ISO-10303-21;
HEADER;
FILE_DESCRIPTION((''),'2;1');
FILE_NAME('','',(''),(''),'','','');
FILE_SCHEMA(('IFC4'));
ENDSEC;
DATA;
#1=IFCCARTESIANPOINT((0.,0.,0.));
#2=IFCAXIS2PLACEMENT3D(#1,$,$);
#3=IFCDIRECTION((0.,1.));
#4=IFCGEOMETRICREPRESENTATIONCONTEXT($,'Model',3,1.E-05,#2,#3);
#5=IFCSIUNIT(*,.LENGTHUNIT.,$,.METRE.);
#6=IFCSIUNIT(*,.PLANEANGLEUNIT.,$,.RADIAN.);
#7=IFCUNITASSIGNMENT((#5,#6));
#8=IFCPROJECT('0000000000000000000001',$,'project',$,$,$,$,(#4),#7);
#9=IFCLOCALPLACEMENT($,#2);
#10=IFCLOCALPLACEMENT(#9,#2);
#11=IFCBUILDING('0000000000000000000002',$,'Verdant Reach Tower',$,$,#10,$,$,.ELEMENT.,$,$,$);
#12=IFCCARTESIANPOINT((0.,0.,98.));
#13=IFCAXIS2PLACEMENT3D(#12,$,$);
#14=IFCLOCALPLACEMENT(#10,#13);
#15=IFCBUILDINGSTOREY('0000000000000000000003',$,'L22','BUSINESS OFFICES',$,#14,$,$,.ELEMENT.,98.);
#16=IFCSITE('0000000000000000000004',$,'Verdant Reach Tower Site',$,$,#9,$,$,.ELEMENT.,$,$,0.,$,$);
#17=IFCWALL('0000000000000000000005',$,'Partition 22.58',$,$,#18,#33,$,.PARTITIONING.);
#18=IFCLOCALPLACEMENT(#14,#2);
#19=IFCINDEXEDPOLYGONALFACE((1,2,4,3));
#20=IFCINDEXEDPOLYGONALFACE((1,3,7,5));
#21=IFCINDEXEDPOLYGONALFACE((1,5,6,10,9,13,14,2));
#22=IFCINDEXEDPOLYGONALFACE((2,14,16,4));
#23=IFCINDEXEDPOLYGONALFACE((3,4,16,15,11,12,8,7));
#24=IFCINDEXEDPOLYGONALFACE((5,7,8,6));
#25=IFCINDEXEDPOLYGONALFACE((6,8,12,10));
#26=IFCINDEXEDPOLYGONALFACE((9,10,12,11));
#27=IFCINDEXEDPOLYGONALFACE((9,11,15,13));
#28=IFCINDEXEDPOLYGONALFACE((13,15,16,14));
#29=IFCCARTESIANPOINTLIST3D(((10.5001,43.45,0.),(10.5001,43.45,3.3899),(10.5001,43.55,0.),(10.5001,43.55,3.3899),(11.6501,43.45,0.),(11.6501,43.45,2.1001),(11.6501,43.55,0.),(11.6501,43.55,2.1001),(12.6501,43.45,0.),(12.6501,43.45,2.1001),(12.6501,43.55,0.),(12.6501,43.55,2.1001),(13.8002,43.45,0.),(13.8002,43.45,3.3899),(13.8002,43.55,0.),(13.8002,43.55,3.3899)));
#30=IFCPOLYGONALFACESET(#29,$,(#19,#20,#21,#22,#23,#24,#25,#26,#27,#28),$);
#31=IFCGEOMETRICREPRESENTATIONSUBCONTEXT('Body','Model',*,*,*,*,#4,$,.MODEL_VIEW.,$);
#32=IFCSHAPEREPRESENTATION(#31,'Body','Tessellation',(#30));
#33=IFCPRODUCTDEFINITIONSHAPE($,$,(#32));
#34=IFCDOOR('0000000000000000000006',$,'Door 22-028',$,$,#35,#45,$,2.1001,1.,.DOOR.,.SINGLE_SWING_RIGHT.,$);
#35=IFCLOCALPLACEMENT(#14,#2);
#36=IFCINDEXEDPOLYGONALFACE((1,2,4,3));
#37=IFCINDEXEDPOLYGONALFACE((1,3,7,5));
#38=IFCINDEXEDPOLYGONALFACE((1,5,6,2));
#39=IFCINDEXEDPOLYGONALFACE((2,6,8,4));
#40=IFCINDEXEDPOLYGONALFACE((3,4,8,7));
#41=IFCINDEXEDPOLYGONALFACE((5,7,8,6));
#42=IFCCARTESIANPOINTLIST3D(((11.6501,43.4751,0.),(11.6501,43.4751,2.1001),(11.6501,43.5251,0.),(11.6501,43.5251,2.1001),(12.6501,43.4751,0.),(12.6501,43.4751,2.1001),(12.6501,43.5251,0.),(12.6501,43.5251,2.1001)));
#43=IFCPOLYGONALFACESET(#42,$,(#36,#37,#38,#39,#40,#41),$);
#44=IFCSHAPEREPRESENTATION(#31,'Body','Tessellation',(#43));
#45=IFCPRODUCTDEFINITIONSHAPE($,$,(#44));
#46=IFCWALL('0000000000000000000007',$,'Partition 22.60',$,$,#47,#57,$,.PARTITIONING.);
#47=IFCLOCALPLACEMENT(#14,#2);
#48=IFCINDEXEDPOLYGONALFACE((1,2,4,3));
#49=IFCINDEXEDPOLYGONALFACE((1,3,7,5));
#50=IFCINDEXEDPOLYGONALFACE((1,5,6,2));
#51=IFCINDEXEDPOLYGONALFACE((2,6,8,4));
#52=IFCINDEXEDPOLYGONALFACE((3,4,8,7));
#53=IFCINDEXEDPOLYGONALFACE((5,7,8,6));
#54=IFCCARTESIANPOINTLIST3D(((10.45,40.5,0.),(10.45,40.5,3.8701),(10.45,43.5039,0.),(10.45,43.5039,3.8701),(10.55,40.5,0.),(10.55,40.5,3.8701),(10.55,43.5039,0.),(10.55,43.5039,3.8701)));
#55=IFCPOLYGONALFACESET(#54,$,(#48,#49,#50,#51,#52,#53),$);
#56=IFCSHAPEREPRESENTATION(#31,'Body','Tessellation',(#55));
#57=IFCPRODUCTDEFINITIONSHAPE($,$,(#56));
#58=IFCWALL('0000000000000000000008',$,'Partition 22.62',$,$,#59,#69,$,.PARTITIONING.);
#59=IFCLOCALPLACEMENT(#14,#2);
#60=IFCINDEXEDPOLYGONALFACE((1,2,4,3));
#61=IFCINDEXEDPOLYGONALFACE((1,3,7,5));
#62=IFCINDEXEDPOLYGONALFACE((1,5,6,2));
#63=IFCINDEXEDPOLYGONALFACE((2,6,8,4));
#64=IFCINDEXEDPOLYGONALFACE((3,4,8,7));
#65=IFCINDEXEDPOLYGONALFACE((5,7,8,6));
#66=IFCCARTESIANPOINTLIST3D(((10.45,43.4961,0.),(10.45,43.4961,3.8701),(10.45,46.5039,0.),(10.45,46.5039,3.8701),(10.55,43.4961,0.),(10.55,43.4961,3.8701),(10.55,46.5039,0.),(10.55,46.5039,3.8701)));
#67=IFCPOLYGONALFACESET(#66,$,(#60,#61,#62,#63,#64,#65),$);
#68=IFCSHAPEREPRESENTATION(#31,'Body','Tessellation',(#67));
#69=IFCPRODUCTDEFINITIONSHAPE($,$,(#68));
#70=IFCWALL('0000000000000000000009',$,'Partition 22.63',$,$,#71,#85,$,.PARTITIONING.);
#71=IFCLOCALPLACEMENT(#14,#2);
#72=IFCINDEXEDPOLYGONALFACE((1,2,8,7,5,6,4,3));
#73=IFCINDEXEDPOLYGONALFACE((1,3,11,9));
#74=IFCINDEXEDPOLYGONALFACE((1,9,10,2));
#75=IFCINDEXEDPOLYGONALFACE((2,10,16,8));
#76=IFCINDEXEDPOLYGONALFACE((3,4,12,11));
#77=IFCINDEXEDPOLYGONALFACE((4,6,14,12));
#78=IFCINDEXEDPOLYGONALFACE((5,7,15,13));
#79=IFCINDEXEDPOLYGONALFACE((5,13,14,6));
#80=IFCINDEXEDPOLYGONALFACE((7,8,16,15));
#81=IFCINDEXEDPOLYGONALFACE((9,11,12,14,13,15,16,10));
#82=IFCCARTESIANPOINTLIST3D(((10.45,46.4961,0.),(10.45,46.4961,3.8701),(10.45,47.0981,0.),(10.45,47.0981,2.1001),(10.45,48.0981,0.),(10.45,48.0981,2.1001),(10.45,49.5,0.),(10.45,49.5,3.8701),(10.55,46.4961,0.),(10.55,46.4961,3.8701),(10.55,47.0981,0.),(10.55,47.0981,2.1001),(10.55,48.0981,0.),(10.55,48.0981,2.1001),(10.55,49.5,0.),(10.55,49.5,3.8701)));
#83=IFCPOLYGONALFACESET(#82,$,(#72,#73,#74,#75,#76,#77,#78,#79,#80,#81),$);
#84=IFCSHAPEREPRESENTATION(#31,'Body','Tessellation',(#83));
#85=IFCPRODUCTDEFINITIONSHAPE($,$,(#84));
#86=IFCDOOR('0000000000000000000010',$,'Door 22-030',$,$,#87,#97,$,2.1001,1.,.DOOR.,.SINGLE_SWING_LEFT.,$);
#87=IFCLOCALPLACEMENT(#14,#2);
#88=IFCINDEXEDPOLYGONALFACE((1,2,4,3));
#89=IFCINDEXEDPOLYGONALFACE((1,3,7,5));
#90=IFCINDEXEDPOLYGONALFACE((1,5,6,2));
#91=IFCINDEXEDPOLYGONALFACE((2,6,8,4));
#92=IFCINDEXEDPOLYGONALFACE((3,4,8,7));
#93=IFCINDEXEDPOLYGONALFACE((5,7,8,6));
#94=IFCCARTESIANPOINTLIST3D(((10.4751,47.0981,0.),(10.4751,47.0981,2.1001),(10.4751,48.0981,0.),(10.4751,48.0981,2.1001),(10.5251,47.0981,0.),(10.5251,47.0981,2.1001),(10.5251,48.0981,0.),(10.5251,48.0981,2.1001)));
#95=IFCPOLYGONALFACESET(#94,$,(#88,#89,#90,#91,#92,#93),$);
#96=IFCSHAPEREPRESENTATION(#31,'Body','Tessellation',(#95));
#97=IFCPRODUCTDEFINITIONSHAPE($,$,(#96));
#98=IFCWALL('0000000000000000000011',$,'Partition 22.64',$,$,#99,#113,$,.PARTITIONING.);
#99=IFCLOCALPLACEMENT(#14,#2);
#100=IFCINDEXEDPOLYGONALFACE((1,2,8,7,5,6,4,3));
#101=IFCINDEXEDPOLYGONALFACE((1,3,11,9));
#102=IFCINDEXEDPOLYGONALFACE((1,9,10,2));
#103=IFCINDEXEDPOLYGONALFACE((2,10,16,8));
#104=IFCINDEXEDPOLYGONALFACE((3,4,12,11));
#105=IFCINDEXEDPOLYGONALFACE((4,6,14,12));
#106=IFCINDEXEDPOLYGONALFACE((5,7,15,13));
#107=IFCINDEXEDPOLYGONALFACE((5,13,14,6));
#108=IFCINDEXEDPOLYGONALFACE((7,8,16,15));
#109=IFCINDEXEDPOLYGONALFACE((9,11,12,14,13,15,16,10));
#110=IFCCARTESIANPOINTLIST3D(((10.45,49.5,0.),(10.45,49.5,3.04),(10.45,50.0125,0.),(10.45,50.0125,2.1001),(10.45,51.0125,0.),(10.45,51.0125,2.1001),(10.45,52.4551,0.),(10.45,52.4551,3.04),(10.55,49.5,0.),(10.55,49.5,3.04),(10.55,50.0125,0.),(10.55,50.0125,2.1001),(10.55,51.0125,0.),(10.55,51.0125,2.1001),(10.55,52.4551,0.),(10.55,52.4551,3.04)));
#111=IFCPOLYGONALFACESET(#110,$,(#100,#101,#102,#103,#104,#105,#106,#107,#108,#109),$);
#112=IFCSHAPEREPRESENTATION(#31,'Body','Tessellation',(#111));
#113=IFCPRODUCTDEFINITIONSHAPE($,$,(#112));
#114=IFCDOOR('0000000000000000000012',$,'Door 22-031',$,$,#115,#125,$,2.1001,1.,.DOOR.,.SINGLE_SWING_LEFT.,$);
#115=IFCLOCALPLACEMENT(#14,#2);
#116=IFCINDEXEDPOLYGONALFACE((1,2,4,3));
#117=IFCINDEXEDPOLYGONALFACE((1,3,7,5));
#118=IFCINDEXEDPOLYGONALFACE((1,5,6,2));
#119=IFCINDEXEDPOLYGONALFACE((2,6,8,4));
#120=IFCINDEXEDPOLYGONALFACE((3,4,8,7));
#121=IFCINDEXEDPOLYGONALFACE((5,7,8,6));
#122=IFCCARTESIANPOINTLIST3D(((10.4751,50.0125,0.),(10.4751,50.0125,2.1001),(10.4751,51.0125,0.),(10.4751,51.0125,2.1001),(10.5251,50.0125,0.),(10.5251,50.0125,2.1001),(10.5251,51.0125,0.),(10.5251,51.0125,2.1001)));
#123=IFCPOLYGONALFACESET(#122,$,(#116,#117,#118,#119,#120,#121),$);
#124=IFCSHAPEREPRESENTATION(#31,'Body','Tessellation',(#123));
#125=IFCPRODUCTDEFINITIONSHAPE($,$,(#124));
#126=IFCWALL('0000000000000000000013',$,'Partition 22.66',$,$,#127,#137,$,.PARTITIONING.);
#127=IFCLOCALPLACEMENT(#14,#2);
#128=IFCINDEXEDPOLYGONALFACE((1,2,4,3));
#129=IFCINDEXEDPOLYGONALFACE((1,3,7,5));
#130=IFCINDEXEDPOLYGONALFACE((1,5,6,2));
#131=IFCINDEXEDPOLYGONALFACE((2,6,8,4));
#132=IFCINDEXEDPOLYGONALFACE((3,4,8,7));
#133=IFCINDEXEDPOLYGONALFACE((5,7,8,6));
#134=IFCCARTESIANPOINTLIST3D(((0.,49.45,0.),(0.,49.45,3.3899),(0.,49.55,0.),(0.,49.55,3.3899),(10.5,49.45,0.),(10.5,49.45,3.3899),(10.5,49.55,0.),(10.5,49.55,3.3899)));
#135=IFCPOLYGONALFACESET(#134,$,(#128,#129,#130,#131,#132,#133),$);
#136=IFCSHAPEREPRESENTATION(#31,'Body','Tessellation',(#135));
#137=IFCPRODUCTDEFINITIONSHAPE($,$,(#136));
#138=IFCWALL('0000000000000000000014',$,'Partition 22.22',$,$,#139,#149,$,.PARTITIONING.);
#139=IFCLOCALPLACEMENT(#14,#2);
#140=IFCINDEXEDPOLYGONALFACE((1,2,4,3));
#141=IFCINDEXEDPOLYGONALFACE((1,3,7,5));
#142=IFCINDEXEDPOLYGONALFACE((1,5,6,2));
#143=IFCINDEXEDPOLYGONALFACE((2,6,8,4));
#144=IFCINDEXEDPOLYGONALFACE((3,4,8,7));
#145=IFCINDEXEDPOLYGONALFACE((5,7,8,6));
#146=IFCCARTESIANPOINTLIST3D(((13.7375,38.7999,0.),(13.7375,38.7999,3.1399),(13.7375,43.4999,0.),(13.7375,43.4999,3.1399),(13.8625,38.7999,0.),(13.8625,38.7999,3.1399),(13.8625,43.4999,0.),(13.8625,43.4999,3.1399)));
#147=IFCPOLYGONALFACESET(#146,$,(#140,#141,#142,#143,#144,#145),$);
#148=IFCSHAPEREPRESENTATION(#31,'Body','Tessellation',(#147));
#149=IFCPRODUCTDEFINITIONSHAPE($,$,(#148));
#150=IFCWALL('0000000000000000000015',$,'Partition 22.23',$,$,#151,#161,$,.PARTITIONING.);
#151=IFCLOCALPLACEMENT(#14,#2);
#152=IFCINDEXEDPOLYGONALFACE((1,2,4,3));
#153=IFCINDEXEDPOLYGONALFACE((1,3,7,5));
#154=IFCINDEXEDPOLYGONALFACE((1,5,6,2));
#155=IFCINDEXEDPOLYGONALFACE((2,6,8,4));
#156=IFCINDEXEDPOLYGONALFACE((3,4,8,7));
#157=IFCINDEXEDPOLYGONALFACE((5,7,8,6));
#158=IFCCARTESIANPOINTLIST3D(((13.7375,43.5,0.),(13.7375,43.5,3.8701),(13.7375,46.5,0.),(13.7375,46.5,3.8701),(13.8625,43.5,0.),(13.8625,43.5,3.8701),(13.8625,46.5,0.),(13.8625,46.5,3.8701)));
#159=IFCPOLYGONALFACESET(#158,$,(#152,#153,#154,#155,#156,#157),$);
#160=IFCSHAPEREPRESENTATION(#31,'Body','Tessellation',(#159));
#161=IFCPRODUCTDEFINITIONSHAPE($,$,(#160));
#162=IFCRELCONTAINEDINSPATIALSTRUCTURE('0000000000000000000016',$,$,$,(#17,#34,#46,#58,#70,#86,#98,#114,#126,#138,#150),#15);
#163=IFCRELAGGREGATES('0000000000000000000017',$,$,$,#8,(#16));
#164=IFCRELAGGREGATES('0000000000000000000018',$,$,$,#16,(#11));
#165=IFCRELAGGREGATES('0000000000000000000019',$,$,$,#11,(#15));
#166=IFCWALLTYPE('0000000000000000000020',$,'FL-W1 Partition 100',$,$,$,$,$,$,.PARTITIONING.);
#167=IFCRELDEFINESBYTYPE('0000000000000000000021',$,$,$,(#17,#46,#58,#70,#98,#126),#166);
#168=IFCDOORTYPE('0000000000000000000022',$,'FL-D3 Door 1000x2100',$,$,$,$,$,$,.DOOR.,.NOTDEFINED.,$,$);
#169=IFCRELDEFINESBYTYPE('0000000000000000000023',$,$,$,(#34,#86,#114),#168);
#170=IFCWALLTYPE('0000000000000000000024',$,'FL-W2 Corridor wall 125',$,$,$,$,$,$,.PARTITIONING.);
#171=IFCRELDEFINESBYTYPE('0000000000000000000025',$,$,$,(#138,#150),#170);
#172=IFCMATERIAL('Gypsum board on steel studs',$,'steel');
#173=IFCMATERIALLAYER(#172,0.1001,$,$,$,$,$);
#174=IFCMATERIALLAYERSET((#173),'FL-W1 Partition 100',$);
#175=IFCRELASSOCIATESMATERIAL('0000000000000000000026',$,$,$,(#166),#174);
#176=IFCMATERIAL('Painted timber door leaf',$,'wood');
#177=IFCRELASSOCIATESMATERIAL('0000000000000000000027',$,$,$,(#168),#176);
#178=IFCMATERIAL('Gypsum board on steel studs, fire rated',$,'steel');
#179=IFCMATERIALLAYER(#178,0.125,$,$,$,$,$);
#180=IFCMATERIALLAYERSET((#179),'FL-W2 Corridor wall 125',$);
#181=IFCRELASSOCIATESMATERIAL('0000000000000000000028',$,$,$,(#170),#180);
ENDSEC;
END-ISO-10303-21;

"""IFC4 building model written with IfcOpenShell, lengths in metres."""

from ifc_helpers import new_model, si_unit, direction, frame, frame_2d, origin, place, context, subcontext, project, spatial, rectangle, extrude, material, layer, layer_set, type_object, element, fill, save


model = new_model("IFC4")

# Units and contexts
model_context = context("Model", 3, precision=1e-05, world=origin(), true_north=direction((0.0, 1.0)))
body_context = subcontext(model_context, "Body", "Model", "MODEL_VIEW")
ifc_project = project(units=[si_unit("LENGTHUNIT", "METRE"), si_unit("PLANEANGLEUNIT", "RADIAN")], contexts=[model_context])

# Site, building, storey
site_placement = place(None, origin())
site = spatial("IfcSite", under=ifc_project, at=site_placement, Name="Verdant Reach Tower Site", CompositionType="ELEMENT", RefElevation=0.0)
building_placement = place(site_placement, origin())
building = spatial("IfcBuilding", under=site, at=building_placement, Name="Verdant Reach Tower", CompositionType="ELEMENT")
storey_placement = place(building_placement, frame((0.0, 0.0, 98.0)))
storey = spatial("IfcBuildingStorey", under=building, at=storey_placement, Name="L22", Description="BUSINESS OFFICES", CompositionType="ELEMENT", Elevation=98.0)

# Shared definitions
ifc_material_1 = material(Name="Gypsum board on steel studs", Category="steel")
ifc_layer_1 = layer(ifc_material_1, 0.1001)
ifc_layer_set_1 = layer_set([ifc_layer_1], Name="FL-W1 Partition 100")
wall_type_1 = type_object("IfcWallType", Name="FL-W1 Partition 100", PredefinedType="PARTITIONING", material=ifc_layer_set_1)

# Wall, opening, door
wall_1_placement = place(storey_placement, frame((13.8, 43.5, 0.0), z_axis=(0.0, 0.0, 1.0), x_axis=(-1.0, 0.0, 0.0)))
wall_1 = element("IfcWall", 1, at=wall_1_placement, inside=storey, type_object=wall_type_1, Name="Partition 22.58", PredefinedType="PARTITIONING", context=body_context, shape_type="SweptSolid", body=[
    extrude(rectangle(XDim=3.3, YDim=0.1001, at=frame_2d((1.6499, 0.0))), origin(), (0.0, 0.0, 1.0), 3.3899),
])
opening_1_placement = place(wall_1_placement, frame((1.1499, 0.0, 0.0)))
opening_1 = element("IfcOpeningElement", 2, at=opening_1_placement, cuts=wall_1, PredefinedType="OPENING", context=body_context, shape_type="SweptSolid", body=[
    extrude(rectangle(XDim=1.0, YDim=2.1001, at=frame_2d((0.5, 1.05))), frame((0.0, 0.0601, 0.0), z_axis=(0.0, -1.0, 0.0), x_axis=(1.0, 0.0, 0.0)), (0.0, 0.0, 1.0), 0.1201),
])
ifc_material_2 = material(Name="Painted timber door leaf", Category="wood")
door_type = type_object("IfcDoorType", Name="FL-D3 Door 1000x2100", OperationType="NOTDEFINED", PredefinedType="DOOR", material=ifc_material_2)
door_1_placement = place(opening_1_placement, origin())
door_1 = element("IfcDoor", 3, at=door_1_placement, inside=storey, type_object=door_type, Name="Door 22-028", OperationType="SINGLE_SWING_RIGHT", OverallHeight=2.1001, OverallWidth=1.0, PredefinedType="DOOR", context=body_context, shape_type="SweptSolid", body=[
    extrude(rectangle(XDim=1.0, YDim=2.1001, at=frame_2d((0.5, 1.05))), frame((0.0, 0.0249, 0.0), z_axis=(0.0, -1.0, 0.0), x_axis=(1.0, 0.0, 0.0)), (0.0, 0.0, 1.0), 0.05),
])
fill(opening_1, door_1)

# Walls
wall_2_placement = place(storey_placement, frame((10.5, 43.5039, 0.0), z_axis=(0.0, 0.0, 1.0), x_axis=(0.0, -1.0, 0.0)))
element("IfcWall", 4, at=wall_2_placement, inside=storey, type_object=wall_type_1, Name="Partition 22.60", PredefinedType="PARTITIONING", context=body_context, shape_type="SweptSolid", body=[
    extrude(rectangle(XDim=3.0039, YDim=0.1001, at=frame_2d((1.502, 0.0))), origin(), (0.0, 0.0, 1.0), 3.8701),
])
wall_3_placement = place(storey_placement, frame((10.5, 46.5039, 0.0), z_axis=(0.0, 0.0, 1.0), x_axis=(0.0, -1.0, 0.0)))
element("IfcWall", 5, at=wall_3_placement, inside=storey, type_object=wall_type_1, Name="Partition 22.62", PredefinedType="PARTITIONING", context=body_context, shape_type="SweptSolid", body=[
    extrude(rectangle(XDim=3.0078, YDim=0.1001, at=frame_2d((1.5039, 0.0))), origin(), (0.0, 0.0, 1.0), 3.8701),
])

# Walls, openings, doors
wall_4_placement = place(storey_placement, frame((10.5, 46.4961, 0.0), z_axis=(0.0, 0.0, 1.0), x_axis=(0.0, 1.0, 0.0)))
wall_4 = element("IfcWall", 6, at=wall_4_placement, inside=storey, type_object=wall_type_1, Name="Partition 22.63", PredefinedType="PARTITIONING", context=body_context, shape_type="SweptSolid", body=[
    extrude(rectangle(XDim=3.0039, YDim=0.1001, at=frame_2d((1.502, 0.0))), origin(), (0.0, 0.0, 1.0), 3.8701),
])
opening_2_placement = place(wall_4_placement, frame((0.6021, 0.0, 0.0)))
opening_2 = element("IfcOpeningElement", 7, at=opening_2_placement, cuts=wall_4, PredefinedType="OPENING", context=body_context, shape_type="SweptSolid", body=[
    extrude(rectangle(XDim=1.0, YDim=2.1001, at=frame_2d((0.5, 1.05))), frame((0.0, 0.0601, 0.0), z_axis=(0.0, -1.0, 0.0), x_axis=(1.0, 0.0, 0.0)), (0.0, 0.0, 1.0), 0.1201),
])
door_2_placement = place(opening_2_placement, origin())
door_2 = element("IfcDoor", 8, at=door_2_placement, inside=storey, type_object=door_type, Name="Door 22-030", OperationType="SINGLE_SWING_LEFT", OverallHeight=2.1001, OverallWidth=1.0, PredefinedType="DOOR", context=body_context, shape_type="SweptSolid", body=[
    extrude(rectangle(XDim=1.0, YDim=2.1001, at=frame_2d((0.5, 1.05))), frame((0.0, 0.0249, 0.0), z_axis=(0.0, -1.0, 0.0), x_axis=(1.0, 0.0, 0.0)), (0.0, 0.0, 1.0), 0.05),
])
fill(opening_2, door_2)
wall_5_placement = place(storey_placement, frame((10.5, 49.5, 0.0), z_axis=(0.0, 0.0, 1.0), x_axis=(0.0, 1.0, 0.0)))
wall_5 = element("IfcWall", 9, at=wall_5_placement, inside=storey, type_object=wall_type_1, Name="Partition 22.64", PredefinedType="PARTITIONING", context=body_context, shape_type="SweptSolid", body=[
    extrude(rectangle(XDim=2.9551, YDim=0.1001, at=frame_2d((1.4775, 0.0))), origin(), (0.0, 0.0, 1.0), 3.04),
])
opening_3_placement = place(wall_5_placement, frame((0.5125, 0.0, 0.0)))
opening_3 = element("IfcOpeningElement", 10, at=opening_3_placement, cuts=wall_5, PredefinedType="OPENING", context=body_context, shape_type="SweptSolid", body=[
    extrude(rectangle(XDim=1.0, YDim=2.1001, at=frame_2d((0.5, 1.05))), frame((0.0, 0.0601, 0.0), z_axis=(0.0, -1.0, 0.0), x_axis=(1.0, 0.0, 0.0)), (0.0, 0.0, 1.0), 0.1201),
])
door_3_placement = place(opening_3_placement, origin())
door_3 = element("IfcDoor", 11, at=door_3_placement, inside=storey, type_object=door_type, Name="Door 22-031", OperationType="SINGLE_SWING_LEFT", OverallHeight=2.1001, OverallWidth=1.0, PredefinedType="DOOR", context=body_context, shape_type="SweptSolid", body=[
    extrude(rectangle(XDim=1.0, YDim=2.1001, at=frame_2d((0.5, 1.05))), frame((0.0, 0.0249, 0.0), z_axis=(0.0, -1.0, 0.0), x_axis=(1.0, 0.0, 0.0)), (0.0, 0.0, 1.0), 0.05),
])
fill(opening_3, door_3)

# Walls
wall_6_placement = place(storey_placement, frame((10.5, 49.5, 0.0), z_axis=(0.0, 0.0, 1.0), x_axis=(-1.0, 0.0, 0.0)))
element("IfcWall", 12, at=wall_6_placement, inside=storey, type_object=wall_type_1, Name="Partition 22.66", PredefinedType="PARTITIONING", context=body_context, shape_type="SweptSolid", body=[
    extrude(rectangle(XDim=10.5, YDim=0.1001, at=frame_2d((5.25, 0.0))), origin(), (0.0, 0.0, 1.0), 3.3899),
])
ifc_material_3 = material(Name="Gypsum board on steel studs, fire rated", Category="steel")
ifc_layer_2 = layer(ifc_material_3, 0.125)
ifc_layer_set_2 = layer_set([ifc_layer_2], Name="FL-W2 Corridor wall 125")
wall_type_2 = type_object("IfcWallType", Name="FL-W2 Corridor wall 125", PredefinedType="PARTITIONING", material=ifc_layer_set_2)
wall_7_placement = place(storey_placement, frame((13.8, 43.5, 0.0), z_axis=(0.0, 0.0, 1.0), x_axis=(0.0, -1.0, 0.0)))
element("IfcWall", 13, at=wall_7_placement, inside=storey, type_object=wall_type_2, Name="Partition 22.22", PredefinedType="PARTITIONING", context=body_context, shape_type="SweptSolid", body=[
    extrude(rectangle(XDim=4.7, YDim=0.125, at=frame_2d((2.3501, 0.0))), origin(), (0.0, 0.0, 1.0), 3.1399),
])
wall_8_placement = place(storey_placement, frame((13.8, 46.5, 0.0), z_axis=(0.0, 0.0, 1.0), x_axis=(0.0, -1.0, 0.0)))
element("IfcWall", 14, at=wall_8_placement, inside=storey, type_object=wall_type_2, Name="Partition 22.23", PredefinedType="PARTITIONING", context=body_context, shape_type="SweptSolid", body=[
    extrude(rectangle(XDim=3.0, YDim=0.125, at=frame_2d((1.5, 0.0))), origin(), (0.0, 0.0, 1.0), 3.8701),
])

save(model, "model.ifc")
